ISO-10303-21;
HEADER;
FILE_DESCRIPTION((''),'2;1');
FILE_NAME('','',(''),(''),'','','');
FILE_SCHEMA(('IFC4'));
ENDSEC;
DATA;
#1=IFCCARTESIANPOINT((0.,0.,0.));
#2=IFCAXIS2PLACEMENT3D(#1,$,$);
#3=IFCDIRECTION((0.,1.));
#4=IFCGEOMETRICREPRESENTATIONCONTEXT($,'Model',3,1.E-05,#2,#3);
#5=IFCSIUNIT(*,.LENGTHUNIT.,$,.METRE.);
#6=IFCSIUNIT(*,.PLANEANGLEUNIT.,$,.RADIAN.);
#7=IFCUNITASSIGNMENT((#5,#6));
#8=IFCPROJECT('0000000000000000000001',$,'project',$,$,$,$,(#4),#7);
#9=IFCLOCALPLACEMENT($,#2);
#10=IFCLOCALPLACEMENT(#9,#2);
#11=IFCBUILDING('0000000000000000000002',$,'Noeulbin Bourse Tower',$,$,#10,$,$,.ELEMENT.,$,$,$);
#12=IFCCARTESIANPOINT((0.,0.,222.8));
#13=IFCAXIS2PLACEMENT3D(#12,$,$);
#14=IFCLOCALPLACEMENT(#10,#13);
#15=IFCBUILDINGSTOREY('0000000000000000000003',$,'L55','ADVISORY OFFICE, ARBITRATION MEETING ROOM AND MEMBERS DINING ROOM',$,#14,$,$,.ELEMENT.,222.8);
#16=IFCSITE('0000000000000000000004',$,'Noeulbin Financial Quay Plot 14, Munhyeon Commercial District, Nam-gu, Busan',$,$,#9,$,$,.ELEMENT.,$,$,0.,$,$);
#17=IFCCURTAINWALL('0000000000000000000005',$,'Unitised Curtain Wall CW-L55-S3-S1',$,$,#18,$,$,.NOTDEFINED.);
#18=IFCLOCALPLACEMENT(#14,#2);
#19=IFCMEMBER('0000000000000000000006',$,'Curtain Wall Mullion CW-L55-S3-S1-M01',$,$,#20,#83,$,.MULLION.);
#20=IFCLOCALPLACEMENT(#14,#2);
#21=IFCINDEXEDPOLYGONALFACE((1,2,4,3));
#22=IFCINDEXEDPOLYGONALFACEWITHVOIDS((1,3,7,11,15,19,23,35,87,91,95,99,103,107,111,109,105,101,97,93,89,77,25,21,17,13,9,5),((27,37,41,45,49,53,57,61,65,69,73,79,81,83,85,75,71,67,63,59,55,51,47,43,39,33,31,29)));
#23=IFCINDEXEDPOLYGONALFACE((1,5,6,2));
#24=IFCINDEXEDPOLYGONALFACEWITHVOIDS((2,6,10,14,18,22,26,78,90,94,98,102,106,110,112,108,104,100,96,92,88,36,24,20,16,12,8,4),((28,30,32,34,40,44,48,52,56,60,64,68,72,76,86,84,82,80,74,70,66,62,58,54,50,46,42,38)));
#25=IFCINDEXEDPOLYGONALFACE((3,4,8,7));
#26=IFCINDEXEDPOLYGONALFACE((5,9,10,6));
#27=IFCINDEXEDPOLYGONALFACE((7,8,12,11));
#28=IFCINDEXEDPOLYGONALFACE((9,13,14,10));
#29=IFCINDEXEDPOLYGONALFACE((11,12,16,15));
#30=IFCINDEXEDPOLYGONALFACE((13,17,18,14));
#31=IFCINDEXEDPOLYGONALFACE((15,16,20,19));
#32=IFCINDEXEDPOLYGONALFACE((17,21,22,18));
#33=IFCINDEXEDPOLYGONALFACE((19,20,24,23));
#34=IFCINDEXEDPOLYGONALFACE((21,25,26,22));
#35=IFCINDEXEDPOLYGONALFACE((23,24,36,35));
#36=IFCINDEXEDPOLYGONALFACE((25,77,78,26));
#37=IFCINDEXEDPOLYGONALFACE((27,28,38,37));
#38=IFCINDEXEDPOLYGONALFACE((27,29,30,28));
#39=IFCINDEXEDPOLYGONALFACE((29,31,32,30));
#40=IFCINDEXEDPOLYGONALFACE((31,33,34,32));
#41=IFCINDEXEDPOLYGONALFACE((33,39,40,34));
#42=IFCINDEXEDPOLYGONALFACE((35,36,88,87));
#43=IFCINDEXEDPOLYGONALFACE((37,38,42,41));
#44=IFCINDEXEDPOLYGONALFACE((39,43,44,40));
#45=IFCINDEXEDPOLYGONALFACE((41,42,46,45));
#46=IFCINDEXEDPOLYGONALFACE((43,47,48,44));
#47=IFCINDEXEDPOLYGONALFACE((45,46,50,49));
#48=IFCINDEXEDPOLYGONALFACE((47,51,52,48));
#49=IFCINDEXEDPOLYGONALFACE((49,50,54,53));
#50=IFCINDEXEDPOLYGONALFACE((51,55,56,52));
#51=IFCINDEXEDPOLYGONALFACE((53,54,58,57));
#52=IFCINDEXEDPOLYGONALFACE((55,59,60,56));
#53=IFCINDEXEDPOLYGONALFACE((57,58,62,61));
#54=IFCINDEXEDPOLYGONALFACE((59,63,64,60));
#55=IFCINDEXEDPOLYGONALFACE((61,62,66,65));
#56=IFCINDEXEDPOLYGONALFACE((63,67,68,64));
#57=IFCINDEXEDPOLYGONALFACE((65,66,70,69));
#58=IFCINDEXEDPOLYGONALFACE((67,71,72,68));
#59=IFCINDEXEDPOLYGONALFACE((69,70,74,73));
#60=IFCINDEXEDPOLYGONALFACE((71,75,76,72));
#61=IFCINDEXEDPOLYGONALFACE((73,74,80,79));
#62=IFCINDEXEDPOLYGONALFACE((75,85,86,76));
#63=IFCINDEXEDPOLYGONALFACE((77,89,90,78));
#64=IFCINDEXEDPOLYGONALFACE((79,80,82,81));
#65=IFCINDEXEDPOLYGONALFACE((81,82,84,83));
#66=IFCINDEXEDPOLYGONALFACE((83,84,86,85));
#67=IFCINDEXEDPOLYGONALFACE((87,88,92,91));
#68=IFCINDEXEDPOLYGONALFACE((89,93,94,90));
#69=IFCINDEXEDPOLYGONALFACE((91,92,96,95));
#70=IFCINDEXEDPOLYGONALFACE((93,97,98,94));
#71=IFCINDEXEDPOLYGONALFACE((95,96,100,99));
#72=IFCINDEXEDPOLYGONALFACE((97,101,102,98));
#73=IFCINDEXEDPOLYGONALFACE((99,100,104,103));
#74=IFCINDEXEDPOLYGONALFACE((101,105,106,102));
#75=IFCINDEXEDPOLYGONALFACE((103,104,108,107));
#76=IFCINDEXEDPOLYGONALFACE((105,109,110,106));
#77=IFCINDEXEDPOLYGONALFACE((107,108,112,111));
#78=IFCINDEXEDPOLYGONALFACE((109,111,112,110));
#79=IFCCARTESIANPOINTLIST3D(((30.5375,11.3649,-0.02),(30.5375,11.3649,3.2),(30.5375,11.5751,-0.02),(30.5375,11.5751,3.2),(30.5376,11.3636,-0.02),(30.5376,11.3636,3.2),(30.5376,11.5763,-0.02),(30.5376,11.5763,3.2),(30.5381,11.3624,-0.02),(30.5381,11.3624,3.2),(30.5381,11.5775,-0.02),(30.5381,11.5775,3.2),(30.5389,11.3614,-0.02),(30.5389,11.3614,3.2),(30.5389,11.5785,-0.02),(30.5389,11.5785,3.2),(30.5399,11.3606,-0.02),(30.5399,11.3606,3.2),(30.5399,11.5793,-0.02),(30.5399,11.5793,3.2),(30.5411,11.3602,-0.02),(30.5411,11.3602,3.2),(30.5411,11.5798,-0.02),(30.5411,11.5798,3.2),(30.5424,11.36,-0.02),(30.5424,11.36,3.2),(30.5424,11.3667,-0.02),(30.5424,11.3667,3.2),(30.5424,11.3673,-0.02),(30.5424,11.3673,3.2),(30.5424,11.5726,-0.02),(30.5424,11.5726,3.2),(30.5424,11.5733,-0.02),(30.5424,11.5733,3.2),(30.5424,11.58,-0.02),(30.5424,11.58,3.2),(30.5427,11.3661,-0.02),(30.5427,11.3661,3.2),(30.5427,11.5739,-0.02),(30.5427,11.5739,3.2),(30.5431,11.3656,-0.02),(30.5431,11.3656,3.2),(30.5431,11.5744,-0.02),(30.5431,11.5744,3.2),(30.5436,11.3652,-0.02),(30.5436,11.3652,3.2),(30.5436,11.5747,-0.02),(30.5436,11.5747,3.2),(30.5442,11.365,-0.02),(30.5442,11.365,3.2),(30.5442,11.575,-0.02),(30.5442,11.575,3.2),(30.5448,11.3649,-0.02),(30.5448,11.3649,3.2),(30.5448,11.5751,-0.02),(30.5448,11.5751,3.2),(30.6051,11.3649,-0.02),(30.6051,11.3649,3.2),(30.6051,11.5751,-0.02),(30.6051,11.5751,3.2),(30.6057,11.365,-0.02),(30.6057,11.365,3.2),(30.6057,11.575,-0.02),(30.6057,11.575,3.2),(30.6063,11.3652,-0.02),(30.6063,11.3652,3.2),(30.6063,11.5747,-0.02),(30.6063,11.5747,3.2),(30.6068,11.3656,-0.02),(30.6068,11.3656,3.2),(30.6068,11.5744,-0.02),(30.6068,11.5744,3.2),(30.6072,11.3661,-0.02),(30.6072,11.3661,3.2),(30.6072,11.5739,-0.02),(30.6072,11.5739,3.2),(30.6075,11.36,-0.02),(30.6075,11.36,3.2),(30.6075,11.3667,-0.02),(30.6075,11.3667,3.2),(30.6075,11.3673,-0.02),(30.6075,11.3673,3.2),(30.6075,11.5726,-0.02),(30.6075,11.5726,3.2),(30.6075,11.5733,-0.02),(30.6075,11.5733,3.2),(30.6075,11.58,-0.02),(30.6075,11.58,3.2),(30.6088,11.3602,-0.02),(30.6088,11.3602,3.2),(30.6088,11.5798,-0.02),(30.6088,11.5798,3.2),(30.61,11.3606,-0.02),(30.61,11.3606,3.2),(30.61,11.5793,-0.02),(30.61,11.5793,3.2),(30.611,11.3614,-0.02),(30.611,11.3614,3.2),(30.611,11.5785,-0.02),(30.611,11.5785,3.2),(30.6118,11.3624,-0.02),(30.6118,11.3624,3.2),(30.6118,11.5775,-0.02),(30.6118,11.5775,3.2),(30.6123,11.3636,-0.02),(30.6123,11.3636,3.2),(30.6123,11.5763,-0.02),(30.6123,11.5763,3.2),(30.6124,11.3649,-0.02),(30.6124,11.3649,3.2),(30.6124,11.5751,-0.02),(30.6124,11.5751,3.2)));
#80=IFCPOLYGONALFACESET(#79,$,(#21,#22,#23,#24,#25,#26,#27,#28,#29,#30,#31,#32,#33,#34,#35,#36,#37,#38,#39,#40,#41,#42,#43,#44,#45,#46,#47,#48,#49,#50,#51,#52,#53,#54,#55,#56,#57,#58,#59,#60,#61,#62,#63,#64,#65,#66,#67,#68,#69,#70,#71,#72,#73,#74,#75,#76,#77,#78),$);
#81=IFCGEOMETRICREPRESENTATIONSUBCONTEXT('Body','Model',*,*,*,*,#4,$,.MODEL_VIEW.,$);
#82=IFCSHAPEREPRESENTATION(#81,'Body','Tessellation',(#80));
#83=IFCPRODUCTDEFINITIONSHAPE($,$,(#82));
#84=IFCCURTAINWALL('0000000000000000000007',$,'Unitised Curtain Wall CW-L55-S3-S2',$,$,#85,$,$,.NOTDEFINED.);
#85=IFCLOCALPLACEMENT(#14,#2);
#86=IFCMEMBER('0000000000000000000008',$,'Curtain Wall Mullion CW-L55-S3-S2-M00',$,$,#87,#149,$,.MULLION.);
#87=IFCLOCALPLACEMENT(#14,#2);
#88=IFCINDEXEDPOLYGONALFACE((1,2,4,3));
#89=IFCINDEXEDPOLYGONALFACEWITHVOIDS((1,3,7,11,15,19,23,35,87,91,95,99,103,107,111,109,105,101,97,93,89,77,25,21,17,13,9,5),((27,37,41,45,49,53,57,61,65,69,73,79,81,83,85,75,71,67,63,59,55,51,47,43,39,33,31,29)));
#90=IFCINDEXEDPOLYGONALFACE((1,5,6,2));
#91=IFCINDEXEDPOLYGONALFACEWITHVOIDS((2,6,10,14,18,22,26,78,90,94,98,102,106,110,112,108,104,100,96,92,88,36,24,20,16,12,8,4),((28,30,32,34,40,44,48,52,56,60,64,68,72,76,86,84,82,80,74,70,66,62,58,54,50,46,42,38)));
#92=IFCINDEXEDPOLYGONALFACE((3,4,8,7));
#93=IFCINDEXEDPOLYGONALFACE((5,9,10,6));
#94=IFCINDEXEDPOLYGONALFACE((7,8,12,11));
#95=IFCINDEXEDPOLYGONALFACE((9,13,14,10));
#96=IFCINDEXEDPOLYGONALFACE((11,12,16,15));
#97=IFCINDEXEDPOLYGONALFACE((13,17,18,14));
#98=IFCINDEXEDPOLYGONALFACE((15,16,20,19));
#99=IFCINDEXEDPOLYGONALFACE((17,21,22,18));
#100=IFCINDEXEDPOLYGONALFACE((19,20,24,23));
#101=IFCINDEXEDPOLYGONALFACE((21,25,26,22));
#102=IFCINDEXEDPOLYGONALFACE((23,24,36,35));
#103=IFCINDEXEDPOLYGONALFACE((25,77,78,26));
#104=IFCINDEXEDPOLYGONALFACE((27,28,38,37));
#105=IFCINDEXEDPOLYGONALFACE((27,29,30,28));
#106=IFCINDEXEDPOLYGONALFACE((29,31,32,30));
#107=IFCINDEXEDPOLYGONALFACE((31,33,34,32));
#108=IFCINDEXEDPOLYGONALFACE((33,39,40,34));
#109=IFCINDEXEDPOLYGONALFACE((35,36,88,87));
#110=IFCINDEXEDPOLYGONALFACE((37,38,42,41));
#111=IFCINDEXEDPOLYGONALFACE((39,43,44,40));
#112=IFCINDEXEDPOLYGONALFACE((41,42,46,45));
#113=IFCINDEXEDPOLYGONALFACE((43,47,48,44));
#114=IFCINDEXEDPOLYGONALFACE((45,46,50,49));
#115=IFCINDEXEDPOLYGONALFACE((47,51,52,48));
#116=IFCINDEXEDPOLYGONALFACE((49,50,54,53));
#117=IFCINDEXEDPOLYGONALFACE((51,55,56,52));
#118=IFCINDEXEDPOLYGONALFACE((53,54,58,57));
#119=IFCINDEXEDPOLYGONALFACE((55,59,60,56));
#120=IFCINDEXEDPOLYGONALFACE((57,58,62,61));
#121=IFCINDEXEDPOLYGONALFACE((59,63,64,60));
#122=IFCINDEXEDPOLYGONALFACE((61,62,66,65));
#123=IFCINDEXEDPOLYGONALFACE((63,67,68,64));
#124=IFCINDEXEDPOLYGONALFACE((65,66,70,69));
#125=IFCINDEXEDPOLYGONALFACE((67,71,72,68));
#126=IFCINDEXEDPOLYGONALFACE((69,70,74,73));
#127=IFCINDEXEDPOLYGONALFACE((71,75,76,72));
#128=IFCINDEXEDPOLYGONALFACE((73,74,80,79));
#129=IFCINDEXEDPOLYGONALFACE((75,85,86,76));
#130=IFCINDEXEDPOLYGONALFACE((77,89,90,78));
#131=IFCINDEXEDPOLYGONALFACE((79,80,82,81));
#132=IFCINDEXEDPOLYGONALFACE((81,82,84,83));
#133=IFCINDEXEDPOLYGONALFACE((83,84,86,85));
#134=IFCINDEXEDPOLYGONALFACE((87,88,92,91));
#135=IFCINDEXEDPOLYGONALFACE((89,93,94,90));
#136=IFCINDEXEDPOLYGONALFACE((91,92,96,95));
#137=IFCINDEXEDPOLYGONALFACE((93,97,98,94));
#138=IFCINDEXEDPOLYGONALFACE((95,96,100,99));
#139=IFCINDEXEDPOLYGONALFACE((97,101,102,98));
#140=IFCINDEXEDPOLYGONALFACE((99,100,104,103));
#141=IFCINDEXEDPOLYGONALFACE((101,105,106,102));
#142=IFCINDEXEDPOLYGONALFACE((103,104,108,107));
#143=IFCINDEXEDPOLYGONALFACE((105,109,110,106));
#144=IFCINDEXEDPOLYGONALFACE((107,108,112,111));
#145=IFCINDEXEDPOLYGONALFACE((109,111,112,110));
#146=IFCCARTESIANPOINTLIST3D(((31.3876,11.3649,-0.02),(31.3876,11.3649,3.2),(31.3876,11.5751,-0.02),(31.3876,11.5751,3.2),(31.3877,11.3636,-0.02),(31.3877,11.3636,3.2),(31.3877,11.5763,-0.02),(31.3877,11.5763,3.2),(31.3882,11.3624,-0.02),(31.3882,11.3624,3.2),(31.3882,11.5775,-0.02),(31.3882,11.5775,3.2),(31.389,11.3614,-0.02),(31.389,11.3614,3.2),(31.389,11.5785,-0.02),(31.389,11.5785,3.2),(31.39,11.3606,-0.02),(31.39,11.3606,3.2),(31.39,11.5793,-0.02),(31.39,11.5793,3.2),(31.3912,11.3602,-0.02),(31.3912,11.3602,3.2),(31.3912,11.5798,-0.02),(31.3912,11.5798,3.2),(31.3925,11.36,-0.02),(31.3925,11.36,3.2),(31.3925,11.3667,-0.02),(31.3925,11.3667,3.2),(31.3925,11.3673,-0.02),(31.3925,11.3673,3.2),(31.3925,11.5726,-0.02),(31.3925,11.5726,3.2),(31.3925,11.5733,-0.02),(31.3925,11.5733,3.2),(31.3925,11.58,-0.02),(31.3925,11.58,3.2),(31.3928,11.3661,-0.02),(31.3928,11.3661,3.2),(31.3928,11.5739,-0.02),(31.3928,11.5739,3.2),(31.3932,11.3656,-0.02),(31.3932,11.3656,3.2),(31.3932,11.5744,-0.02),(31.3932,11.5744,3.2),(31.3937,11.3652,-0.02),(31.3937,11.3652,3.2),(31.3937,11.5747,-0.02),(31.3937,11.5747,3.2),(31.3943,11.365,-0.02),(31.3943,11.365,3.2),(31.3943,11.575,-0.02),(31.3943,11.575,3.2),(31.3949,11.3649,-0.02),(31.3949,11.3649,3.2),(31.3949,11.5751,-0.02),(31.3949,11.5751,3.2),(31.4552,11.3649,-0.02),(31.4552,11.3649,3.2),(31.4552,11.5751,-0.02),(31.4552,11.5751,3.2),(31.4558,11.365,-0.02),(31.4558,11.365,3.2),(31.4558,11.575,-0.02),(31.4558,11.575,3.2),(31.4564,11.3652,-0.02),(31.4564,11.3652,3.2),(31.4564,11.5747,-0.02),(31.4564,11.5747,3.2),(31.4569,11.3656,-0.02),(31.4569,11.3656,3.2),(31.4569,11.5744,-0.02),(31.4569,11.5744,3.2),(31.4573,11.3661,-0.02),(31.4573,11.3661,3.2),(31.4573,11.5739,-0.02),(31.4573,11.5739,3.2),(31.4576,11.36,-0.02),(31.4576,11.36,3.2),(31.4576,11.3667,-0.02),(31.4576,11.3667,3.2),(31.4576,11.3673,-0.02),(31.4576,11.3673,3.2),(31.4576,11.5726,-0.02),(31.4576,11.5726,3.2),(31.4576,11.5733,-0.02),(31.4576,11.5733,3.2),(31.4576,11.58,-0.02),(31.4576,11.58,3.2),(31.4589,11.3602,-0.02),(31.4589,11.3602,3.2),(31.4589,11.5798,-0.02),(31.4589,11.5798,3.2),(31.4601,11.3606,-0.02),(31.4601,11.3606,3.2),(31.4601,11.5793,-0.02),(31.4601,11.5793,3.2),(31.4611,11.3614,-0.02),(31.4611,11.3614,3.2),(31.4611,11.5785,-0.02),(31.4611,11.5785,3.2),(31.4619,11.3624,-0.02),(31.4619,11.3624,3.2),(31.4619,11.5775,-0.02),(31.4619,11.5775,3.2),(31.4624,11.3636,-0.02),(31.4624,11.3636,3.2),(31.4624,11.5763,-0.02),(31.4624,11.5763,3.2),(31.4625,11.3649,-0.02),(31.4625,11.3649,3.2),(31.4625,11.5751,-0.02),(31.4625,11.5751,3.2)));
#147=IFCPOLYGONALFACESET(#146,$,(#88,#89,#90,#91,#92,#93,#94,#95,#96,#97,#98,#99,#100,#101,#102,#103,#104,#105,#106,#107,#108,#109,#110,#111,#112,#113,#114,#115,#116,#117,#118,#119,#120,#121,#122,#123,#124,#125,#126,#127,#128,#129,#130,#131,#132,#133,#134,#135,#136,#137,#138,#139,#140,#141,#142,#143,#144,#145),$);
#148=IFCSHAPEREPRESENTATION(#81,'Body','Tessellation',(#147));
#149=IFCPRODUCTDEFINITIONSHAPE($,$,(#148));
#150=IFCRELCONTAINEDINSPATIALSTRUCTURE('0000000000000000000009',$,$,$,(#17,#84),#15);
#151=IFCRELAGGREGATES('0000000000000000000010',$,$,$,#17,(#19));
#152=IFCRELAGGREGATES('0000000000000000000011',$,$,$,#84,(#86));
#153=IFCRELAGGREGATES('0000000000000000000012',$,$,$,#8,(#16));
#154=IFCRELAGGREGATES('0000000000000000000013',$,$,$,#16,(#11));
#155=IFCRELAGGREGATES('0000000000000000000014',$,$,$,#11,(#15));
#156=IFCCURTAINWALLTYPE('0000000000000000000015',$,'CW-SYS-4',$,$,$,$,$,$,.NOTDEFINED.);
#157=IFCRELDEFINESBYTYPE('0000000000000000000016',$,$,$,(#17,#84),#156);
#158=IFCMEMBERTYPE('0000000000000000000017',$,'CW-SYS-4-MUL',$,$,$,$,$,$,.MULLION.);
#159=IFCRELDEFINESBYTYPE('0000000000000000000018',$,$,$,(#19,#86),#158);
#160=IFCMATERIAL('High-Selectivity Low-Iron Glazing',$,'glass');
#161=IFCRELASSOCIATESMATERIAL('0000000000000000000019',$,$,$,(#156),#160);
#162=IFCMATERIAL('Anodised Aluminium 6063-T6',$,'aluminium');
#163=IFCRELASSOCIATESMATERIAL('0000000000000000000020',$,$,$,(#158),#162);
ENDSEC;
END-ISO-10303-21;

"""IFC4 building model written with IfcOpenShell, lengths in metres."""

from ifc_helpers import new_model, si_unit, direction, frame, origin, origin_2d, place, context, subcontext, project, spatial, hollow_rectangle, extrude, material, material_profile, profile_set, type_object, element, aggregate, save


model = new_model("IFC4")

# Units and contexts
model_context = context("Model", 3, precision=1e-05, world=origin(), true_north=direction((0.0, 1.0)))
body_context = subcontext(model_context, "Body", "Model", "MODEL_VIEW")
ifc_project = project(units=[si_unit("LENGTHUNIT", "METRE"), si_unit("PLANEANGLEUNIT", "RADIAN")], contexts=[model_context])

# Site, building, storey
site_placement = place(None, origin())
site = spatial("IfcSite", under=ifc_project, at=site_placement, Name="Noeulbin Financial Quay Plot 14, Munhyeon Commercial District, Nam-gu, Busan", CompositionType="ELEMENT", RefElevation=0.0)
building_placement = place(site_placement, origin())
building = spatial("IfcBuilding", under=site, at=building_placement, Name="Noeulbin Bourse Tower", CompositionType="ELEMENT")
storey_placement = place(building_placement, frame((0.0, 0.0, 222.8)))
storey = spatial("IfcBuildingStorey", under=building, at=storey_placement, Name="L55", Description="ADVISORY OFFICE, ARBITRATION MEETING ROOM AND MEMBERS DINING ROOM", CompositionType="ELEMENT", Elevation=222.8)

# Curtain wall, member
ifc_material_1 = material(Name="High-Selectivity Low-Iron Glazing", Category="glass")
curtain_wall_type = type_object("IfcCurtainWallType", Name="CW-SYS-4", PredefinedType="NOTDEFINED", material=ifc_material_1)
curtain_wall_1_placement = place(storey_placement, origin())
curtain_wall_1 = element("IfcCurtainWall", 1, at=curtain_wall_1_placement, inside=storey, type_object=curtain_wall_type, Name="Unitised Curtain Wall CW-L55-S3-S1", PredefinedType="NOTDEFINED")
ifc_material_2 = material(Name="Anodised Aluminium 6063-T6", Category="aluminium")
ifc_material_profile_1 = material_profile(ifc_material_2, hollow_rectangle(XDim=0.075, YDim=0.22, WallThickness=0.0049, InnerFilletRadius=0.0024, OuterFilletRadius=0.0049, at=origin_2d()), Name="ALU-MULL-75x220x5", Category="LoadBearing")
ifc_profile_set_1 = profile_set([ifc_material_profile_1], Name="Anodised Aluminium 6063-T6")
member_type_1 = type_object("IfcMemberType", Name="CW-SYS-4-MUL", PredefinedType="MULLION", material=ifc_profile_set_1)
member_1_placement = place(storey_placement, frame((30.575, 11.47, -0.02), z_axis=(0.0, 0.0, 1.0), x_axis=(1.0, 0.0, 0.0)))
member_1 = element("IfcMember", 2, at=member_1_placement, type_object=member_type_1, Name="Curtain Wall Mullion CW-L55-S3-S1-M01", PredefinedType="MULLION", context=body_context, shape_type="SweptSolid", body=[
    extrude(hollow_rectangle(XDim=0.075, YDim=0.22, WallThickness=0.0049, InnerFilletRadius=0.0024, OuterFilletRadius=0.0049, at=origin_2d()), origin(), (0.0, 0.0, 1.0), 3.22),
])

# Curtain wall, member
curtain_wall_2_placement = place(storey_placement, origin())
curtain_wall_2 = element("IfcCurtainWall", 3, at=curtain_wall_2_placement, inside=storey, type_object=curtain_wall_type, Name="Unitised Curtain Wall CW-L55-S3-S2", PredefinedType="NOTDEFINED")
member_2_placement = place(storey_placement, frame((31.425, 11.47, -0.02), z_axis=(0.0, 0.0, 1.0), x_axis=(1.0, 0.0, 0.0)))
member_2 = element("IfcMember", 4, at=member_2_placement, type_object=member_type_1, Name="Curtain Wall Mullion CW-L55-S3-S2-M00", PredefinedType="MULLION", context=body_context, shape_type="SweptSolid", body=[
    extrude(hollow_rectangle(XDim=0.075, YDim=0.22, WallThickness=0.0049, InnerFilletRadius=0.0024, OuterFilletRadius=0.0049, at=origin_2d()), origin(), (0.0, 0.0, 1.0), 3.22),
])

aggregate(curtain_wall_1, [member_1])
aggregate(curtain_wall_2, [member_2])

save(model, "model.ifc")
